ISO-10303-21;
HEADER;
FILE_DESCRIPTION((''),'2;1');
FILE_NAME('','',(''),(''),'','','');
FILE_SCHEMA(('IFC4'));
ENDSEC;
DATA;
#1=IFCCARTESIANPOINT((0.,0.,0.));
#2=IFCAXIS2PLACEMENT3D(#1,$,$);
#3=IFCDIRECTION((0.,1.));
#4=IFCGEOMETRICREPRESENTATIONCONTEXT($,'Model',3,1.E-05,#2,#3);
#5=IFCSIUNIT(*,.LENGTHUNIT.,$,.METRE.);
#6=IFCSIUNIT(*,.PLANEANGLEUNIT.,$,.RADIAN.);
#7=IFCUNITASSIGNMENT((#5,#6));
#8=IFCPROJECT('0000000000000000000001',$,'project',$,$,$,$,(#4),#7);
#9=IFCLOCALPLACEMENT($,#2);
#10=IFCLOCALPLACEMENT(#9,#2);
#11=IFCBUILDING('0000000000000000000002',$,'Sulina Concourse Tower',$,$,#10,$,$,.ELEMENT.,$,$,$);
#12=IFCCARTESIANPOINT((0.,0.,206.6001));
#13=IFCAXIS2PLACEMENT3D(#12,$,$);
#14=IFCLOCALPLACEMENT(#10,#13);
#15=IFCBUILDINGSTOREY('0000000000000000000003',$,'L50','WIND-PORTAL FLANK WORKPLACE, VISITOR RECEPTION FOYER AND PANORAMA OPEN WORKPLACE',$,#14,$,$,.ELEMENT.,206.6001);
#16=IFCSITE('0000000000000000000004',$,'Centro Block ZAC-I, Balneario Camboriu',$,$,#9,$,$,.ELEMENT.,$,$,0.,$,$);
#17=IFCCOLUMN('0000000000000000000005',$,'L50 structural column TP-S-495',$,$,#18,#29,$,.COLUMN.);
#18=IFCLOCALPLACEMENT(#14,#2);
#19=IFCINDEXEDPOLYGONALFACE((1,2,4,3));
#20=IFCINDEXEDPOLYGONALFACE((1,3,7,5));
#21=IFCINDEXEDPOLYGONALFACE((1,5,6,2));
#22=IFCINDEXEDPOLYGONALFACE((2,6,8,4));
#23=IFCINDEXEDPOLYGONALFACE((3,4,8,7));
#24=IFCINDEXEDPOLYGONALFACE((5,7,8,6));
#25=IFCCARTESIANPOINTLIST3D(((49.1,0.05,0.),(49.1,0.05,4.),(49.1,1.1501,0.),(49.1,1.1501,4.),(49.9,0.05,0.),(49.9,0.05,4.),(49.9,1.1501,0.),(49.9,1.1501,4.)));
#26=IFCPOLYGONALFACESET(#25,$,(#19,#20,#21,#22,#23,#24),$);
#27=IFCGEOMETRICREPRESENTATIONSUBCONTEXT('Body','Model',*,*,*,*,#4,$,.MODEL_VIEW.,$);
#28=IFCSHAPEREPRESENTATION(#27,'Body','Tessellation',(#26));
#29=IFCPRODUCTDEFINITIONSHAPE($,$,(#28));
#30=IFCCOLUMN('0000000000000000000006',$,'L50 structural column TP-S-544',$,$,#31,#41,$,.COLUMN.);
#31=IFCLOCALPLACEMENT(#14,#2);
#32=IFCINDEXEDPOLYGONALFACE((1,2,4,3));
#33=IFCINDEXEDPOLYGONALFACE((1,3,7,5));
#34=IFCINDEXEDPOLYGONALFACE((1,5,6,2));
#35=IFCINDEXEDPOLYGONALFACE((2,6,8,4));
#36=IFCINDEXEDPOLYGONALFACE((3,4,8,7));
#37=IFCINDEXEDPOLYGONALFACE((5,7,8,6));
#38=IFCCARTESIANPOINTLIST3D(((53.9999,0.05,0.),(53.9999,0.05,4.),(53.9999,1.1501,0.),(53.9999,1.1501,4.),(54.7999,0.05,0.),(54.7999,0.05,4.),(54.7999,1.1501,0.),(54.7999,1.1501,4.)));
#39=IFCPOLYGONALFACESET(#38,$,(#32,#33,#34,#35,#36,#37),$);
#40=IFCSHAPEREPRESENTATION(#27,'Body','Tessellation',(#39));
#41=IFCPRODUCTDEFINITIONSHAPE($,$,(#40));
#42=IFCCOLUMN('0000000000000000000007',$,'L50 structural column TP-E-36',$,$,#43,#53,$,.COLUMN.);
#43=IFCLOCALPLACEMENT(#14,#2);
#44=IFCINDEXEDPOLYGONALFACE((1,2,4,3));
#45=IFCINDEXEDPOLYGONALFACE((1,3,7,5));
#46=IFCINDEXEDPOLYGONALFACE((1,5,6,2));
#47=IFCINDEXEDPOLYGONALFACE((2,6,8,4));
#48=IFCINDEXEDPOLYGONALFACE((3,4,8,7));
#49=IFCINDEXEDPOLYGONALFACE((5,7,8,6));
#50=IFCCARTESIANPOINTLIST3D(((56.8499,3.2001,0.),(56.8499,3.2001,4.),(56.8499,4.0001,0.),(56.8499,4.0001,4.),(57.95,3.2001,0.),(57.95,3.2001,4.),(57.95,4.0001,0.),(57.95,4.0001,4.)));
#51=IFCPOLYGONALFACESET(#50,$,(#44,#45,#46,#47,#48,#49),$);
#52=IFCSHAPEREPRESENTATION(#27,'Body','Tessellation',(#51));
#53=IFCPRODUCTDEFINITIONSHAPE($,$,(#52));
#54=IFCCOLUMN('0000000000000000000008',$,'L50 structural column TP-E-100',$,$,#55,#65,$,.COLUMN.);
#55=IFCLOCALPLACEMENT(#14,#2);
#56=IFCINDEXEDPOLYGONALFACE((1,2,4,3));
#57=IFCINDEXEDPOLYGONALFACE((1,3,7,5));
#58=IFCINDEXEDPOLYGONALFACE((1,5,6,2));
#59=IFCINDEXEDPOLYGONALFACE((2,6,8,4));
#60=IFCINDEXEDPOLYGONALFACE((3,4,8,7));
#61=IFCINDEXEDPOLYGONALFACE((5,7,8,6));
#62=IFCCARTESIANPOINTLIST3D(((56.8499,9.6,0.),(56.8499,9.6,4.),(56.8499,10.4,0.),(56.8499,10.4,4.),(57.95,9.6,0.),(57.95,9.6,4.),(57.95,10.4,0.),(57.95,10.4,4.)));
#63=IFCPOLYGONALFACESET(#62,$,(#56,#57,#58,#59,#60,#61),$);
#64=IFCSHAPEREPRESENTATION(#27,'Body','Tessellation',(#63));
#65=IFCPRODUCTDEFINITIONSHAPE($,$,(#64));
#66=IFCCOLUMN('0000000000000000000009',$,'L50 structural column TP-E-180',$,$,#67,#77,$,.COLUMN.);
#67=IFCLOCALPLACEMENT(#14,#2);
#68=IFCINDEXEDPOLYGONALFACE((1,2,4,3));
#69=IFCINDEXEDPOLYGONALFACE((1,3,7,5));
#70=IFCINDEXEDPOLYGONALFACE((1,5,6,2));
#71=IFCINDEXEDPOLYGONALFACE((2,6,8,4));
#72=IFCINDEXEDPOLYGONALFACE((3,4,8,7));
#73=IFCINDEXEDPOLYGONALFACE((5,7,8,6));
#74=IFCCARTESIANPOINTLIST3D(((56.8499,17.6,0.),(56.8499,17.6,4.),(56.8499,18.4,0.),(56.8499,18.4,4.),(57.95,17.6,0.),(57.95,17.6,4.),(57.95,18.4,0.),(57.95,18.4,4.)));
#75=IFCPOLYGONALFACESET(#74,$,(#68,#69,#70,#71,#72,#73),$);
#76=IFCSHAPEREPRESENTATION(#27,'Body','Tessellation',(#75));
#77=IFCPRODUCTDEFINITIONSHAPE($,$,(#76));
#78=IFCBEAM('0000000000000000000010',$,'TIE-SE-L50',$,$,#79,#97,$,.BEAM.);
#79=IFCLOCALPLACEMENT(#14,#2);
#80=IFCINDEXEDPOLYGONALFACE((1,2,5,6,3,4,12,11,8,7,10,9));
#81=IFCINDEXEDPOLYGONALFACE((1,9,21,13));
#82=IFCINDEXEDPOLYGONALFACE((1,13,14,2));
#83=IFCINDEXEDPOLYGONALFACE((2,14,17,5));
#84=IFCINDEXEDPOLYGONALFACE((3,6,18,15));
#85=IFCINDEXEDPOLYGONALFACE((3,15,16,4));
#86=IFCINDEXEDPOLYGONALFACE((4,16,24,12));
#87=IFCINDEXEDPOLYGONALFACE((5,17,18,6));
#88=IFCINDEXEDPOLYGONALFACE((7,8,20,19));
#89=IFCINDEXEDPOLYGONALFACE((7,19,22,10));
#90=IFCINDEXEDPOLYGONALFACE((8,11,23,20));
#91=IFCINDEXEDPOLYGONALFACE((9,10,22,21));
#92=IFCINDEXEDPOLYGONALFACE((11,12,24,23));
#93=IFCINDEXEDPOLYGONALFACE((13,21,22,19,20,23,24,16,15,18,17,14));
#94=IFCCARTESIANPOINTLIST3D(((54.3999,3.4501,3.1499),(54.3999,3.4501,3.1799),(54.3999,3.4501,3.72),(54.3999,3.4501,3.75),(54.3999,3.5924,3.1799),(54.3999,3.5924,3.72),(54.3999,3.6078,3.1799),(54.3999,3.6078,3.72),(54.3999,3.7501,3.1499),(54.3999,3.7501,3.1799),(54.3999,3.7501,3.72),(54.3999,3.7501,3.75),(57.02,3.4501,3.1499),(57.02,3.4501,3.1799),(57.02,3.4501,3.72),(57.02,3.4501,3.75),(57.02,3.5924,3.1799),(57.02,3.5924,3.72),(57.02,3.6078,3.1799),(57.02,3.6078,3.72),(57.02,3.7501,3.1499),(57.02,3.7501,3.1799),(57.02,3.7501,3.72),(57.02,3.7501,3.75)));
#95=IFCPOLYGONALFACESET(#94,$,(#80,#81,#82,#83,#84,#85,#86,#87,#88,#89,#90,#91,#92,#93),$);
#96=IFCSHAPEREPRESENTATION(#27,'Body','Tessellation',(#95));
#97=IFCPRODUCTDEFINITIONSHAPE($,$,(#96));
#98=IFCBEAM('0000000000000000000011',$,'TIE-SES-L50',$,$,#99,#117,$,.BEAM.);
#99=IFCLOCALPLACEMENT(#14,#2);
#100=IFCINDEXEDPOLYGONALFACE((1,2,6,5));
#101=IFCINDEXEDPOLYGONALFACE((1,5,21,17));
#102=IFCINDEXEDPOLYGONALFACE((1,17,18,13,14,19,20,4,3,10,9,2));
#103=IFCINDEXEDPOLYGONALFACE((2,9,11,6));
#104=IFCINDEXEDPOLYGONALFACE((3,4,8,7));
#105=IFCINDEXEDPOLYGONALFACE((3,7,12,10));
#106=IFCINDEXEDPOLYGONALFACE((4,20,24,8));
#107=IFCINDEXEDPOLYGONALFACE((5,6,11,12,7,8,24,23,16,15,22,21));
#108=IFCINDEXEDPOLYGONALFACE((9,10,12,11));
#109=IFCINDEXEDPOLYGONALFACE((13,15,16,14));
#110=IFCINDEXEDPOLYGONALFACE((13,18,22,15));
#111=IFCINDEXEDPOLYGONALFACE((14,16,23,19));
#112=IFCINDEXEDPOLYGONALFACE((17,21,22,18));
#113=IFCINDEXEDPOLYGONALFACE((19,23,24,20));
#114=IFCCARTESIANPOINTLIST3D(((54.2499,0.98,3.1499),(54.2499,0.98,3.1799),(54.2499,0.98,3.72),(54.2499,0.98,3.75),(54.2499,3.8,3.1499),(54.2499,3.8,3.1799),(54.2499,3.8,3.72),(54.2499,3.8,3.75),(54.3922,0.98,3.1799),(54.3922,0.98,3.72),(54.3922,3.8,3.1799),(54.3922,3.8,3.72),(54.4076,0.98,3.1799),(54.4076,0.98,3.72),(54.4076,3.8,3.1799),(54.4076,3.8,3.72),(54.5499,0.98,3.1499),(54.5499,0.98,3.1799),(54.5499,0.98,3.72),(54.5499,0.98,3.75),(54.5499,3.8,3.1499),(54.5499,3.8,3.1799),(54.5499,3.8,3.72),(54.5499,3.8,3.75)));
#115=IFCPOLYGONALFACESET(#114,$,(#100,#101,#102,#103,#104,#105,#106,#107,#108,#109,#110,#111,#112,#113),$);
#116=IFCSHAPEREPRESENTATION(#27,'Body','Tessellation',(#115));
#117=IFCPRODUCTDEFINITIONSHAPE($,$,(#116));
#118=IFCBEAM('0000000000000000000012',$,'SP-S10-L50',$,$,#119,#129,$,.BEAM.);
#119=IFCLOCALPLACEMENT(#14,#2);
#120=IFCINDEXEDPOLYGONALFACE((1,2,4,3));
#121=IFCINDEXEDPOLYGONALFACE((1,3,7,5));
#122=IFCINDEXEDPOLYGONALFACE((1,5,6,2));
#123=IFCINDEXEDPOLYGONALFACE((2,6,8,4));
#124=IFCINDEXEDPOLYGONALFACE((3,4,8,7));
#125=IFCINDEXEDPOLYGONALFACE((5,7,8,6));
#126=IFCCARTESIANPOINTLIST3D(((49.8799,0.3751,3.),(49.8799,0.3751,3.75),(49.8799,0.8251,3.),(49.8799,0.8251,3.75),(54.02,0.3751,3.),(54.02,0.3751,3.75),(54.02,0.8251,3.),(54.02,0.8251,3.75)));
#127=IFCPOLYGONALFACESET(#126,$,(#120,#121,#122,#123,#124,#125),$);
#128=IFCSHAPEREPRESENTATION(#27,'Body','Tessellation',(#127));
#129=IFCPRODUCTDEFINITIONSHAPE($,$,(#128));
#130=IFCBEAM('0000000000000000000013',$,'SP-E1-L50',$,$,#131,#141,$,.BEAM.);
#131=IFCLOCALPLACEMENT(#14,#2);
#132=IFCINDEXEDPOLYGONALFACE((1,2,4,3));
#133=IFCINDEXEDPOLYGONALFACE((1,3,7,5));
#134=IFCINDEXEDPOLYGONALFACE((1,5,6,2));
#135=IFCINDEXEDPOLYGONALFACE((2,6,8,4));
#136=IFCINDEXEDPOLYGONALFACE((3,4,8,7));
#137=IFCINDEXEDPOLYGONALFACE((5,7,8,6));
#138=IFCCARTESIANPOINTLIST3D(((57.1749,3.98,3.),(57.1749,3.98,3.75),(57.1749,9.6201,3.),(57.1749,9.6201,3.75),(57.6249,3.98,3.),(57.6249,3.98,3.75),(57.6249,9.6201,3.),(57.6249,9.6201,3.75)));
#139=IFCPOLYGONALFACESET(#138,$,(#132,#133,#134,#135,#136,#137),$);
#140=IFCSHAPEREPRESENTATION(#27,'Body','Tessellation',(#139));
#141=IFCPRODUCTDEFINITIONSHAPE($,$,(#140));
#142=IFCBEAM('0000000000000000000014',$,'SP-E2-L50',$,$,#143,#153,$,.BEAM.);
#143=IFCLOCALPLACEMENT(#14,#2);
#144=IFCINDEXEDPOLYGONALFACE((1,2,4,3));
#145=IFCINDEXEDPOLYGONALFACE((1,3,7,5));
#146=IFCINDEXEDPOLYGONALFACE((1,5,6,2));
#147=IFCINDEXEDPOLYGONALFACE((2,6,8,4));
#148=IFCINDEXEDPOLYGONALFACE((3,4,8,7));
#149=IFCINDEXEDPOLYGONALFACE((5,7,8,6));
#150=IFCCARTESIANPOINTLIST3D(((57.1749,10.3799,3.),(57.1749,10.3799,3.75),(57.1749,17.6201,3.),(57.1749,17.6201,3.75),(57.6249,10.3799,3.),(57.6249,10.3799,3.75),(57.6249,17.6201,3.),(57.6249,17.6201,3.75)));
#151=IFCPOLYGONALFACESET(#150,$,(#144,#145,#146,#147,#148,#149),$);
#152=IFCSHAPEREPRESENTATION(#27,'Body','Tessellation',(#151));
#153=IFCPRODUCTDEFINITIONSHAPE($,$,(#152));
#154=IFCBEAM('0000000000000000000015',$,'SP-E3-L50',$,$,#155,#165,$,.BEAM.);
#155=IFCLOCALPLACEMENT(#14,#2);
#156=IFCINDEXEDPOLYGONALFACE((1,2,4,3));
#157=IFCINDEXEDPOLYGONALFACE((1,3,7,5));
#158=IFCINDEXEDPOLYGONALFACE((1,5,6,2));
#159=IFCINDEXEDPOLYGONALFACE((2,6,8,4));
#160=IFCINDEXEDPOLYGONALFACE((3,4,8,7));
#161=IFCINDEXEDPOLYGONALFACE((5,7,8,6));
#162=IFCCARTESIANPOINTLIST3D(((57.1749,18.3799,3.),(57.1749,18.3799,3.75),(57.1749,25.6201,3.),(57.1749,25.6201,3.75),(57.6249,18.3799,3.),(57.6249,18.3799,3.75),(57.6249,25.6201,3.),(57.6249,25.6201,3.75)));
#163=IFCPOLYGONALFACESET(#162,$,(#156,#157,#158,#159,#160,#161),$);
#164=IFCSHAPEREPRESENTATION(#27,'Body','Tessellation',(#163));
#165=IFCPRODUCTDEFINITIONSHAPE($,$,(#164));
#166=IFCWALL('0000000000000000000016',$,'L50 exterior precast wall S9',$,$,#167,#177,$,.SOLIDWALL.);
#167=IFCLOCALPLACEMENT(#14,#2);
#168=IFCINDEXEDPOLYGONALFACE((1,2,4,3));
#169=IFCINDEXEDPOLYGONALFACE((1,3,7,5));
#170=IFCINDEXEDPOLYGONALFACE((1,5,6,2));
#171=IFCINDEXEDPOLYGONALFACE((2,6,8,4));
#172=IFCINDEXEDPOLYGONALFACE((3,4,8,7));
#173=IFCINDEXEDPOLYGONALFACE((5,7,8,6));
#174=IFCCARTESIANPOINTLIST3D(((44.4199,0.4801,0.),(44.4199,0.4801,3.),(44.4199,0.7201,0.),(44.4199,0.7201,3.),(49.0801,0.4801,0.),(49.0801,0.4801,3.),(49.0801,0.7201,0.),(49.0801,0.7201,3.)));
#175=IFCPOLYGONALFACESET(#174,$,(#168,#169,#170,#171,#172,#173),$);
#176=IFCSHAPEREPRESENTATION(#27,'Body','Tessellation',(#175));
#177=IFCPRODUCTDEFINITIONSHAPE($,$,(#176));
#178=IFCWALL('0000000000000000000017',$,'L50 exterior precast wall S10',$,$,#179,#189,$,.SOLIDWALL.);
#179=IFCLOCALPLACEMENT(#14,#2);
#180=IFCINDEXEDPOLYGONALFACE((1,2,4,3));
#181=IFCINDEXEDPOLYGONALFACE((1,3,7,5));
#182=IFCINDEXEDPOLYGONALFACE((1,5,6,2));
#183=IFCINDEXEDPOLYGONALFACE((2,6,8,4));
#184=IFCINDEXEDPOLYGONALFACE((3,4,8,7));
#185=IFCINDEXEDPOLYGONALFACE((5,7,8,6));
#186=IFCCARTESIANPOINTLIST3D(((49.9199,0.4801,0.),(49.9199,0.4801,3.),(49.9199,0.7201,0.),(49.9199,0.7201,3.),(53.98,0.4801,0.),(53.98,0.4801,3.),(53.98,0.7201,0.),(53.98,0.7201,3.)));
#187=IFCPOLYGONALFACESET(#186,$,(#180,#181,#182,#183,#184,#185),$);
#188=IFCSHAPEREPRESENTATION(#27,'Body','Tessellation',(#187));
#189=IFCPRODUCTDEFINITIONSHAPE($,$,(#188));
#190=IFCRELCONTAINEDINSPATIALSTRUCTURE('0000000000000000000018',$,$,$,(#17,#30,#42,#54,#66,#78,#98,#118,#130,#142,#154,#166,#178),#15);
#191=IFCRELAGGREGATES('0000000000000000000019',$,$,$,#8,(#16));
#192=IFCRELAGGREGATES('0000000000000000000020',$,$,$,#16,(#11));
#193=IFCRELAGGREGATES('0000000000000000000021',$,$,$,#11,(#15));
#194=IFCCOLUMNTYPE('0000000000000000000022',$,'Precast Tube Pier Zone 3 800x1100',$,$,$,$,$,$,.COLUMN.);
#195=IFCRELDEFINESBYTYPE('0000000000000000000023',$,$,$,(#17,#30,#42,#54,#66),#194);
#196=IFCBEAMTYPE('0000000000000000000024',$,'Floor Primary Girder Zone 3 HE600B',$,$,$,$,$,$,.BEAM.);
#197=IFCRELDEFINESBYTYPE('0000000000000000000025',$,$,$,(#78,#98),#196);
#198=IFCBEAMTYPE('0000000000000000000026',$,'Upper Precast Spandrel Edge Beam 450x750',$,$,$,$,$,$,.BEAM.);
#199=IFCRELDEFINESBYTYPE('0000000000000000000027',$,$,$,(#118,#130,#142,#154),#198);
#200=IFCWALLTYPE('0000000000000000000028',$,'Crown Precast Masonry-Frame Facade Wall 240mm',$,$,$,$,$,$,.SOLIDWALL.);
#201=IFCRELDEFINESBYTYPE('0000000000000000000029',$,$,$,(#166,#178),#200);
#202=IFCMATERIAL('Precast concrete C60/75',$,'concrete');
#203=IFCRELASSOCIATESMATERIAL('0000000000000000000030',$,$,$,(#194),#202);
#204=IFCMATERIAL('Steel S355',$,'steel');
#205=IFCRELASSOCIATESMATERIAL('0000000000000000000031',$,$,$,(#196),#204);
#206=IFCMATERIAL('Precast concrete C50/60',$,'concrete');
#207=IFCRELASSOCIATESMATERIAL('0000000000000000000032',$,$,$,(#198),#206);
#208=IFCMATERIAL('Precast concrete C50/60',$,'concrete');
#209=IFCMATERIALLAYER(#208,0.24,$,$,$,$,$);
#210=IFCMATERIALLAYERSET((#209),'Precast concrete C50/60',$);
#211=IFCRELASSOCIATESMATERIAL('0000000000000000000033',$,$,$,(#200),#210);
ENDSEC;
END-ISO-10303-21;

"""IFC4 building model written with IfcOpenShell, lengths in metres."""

from ifc_helpers import new_model, si_unit, direction, frame, frame_2d, origin, origin_2d, place, context, subcontext, project, spatial, rectangle, i_section, extrude, material, layer, layer_set, material_profile, profile_set, type_object, element, save


model = new_model("IFC4")

# Units and contexts
model_context = context("Model", 3, precision=1e-05, world=origin(), true_north=direction((0.0, 1.0)))
body_context = subcontext(model_context, "Body", "Model", "MODEL_VIEW")
ifc_project = project(units=[si_unit("LENGTHUNIT", "METRE"), si_unit("PLANEANGLEUNIT", "RADIAN")], contexts=[model_context])

# Site, building, storey
site_placement = place(None, origin())
site = spatial("IfcSite", under=ifc_project, at=site_placement, Name="Centro Block ZAC-I, Balneario Camboriu", CompositionType="ELEMENT", RefElevation=0.0)
building_placement = place(site_placement, origin())
building = spatial("IfcBuilding", under=site, at=building_placement, Name="Sulina Concourse Tower", CompositionType="ELEMENT")
storey_placement = place(building_placement, frame((0.0, 0.0, 206.6001)))
storey = spatial("IfcBuildingStorey", under=building, at=storey_placement, Name="L50", Description="WIND-PORTAL FLANK WORKPLACE, VISITOR RECEPTION FOYER AND PANORAMA OPEN WORKPLACE", CompositionType="ELEMENT", Elevation=206.6001)

# Columns
ifc_material_1 = material(Name="Precast concrete C60/75", Category="concrete")
ifc_material_profile_1 = material_profile(ifc_material_1, rectangle(XDim=0.8, YDim=1.1001, at=origin_2d()), Name="PC 800x1100")
ifc_profile_set_1 = profile_set([ifc_material_profile_1], Name="Precast concrete C60/75")
column_type = type_object("IfcColumnType", Name="Precast Tube Pier Zone 3 800x1100", PredefinedType="COLUMN", material=ifc_profile_set_1)
for number, where, z_axis, x_axis, name in (
    (1, (49.5, 0.6001, 0.0), (0.0, 0.0, 1.0), (1.0, 0.0, 0.0), "L50 structural column TP-S-495"),
    (2, (54.3999, 0.6001, 0.0), (0.0, 0.0, 1.0), (1.0, 0.0, 0.0), "L50 structural column TP-S-544"),
    (3, (57.3999, 3.6001, 0.0), (0.0, 0.0, 1.0), (0.0, 1.0, 0.0), "L50 structural column TP-E-36"),
    (4, (57.3999, 10.0, 0.0), (0.0, 0.0, 1.0), (0.0, 1.0, 0.0), "L50 structural column TP-E-100"),
    (5, (57.3999, 18.0, 0.0), (0.0, 0.0, 1.0), (0.0, 1.0, 0.0), "L50 structural column TP-E-180"),
):
    element("IfcColumn", number, at=place(storey_placement, frame(where, z_axis=z_axis, x_axis=x_axis)), inside=storey, type_object=column_type, Name=name, PredefinedType="COLUMN", context=body_context, shape_type="SweptSolid", body=[
        extrude(rectangle(XDim=0.8, YDim=1.1001, at=origin_2d()), origin(), (0.0, 0.0, 1.0), 4.0),
    ])

# Beams
ifc_material_2 = material(Name="Steel S355", Category="steel")
ifc_material_profile_2 = material_profile(ifc_material_2, i_section(OverallWidth=0.3, OverallDepth=0.6001, WebThickness=0.0154, FlangeThickness=0.03, at=origin_2d()), Name="HE 600 B")
ifc_profile_set_2 = profile_set([ifc_material_profile_2], Name="Steel S355")
beam_type_1 = type_object("IfcBeamType", Name="Floor Primary Girder Zone 3 HE600B", PredefinedType="BEAM", material=ifc_profile_set_2)
beam_1_placement = place(storey_placement, frame((54.3999, 3.6001, 3.45), z_axis=(1.0, 0.0, 0.0), x_axis=(0.0, 1.0, 0.0)))
element("IfcBeam", 6, at=beam_1_placement, inside=storey, type_object=beam_type_1, Name="TIE-SE-L50", PredefinedType="BEAM", context=body_context, shape_type="SweptSolid", body=[
    extrude(i_section(OverallWidth=0.3, OverallDepth=0.6001, WebThickness=0.0154, FlangeThickness=0.03, at=origin_2d()), origin(), (0.0, 0.0, 1.0), 2.6201),
])
beam_2_placement = place(storey_placement, frame((54.3999, 0.98, 3.45), z_axis=(0.0, 1.0, 0.0), x_axis=(-1.0, 0.0, 0.0)))
element("IfcBeam", 7, at=beam_2_placement, inside=storey, type_object=beam_type_1, Name="TIE-SES-L50", PredefinedType="BEAM", context=body_context, shape_type="SweptSolid", body=[
    extrude(i_section(OverallWidth=0.3, OverallDepth=0.6001, WebThickness=0.0154, FlangeThickness=0.03, at=origin_2d()), origin(), (0.0, 0.0, 1.0), 2.8201),
])
ifc_material_3 = material(Name="Precast concrete C50/60", Category="concrete")
ifc_material_profile_3 = material_profile(ifc_material_3, rectangle(XDim=0.45, YDim=0.75, at=origin_2d()), Name="RC 450x750")
ifc_profile_set_3 = profile_set([ifc_material_profile_3], Name="Precast concrete C50/60")
beam_type_2 = type_object("IfcBeamType", Name="Upper Precast Spandrel Edge Beam 450x750", PredefinedType="BEAM", material=ifc_profile_set_3)
beam_3_placement = place(storey_placement, frame((49.8799, 0.6001, 3.375), z_axis=(1.0, 0.0, 0.0), x_axis=(0.0, 1.0, 0.0)))
element("IfcBeam", 8, at=beam_3_placement, inside=storey, type_object=beam_type_2, Name="SP-S10-L50", PredefinedType="BEAM", context=body_context, shape_type="SweptSolid", body=[
    extrude(rectangle(XDim=0.45, YDim=0.75, at=origin_2d()), origin(), (0.0, 0.0, 1.0), 4.1401),
])
beam_4_placement = place(storey_placement, frame((57.3999, 3.98, 3.375), z_axis=(0.0, 1.0, 0.0), x_axis=(-1.0, 0.0, 0.0)))
element("IfcBeam", 9, at=beam_4_placement, inside=storey, type_object=beam_type_2, Name="SP-E1-L50", PredefinedType="BEAM", context=body_context, shape_type="SweptSolid", body=[
    extrude(rectangle(XDim=0.45, YDim=0.75, at=origin_2d()), origin(), (0.0, 0.0, 1.0), 5.6401),
])
for number, where, z_axis, x_axis, name in (
    (10, (57.3999, 10.3799, 3.375), (0.0, 1.0, 0.0), (-1.0, 0.0, 0.0), "SP-E2-L50"),
    (11, (57.3999, 18.3799, 3.375), (0.0, 1.0, 0.0), (-1.0, 0.0, 0.0), "SP-E3-L50"),
):
    element("IfcBeam", number, at=place(storey_placement, frame(where, z_axis=z_axis, x_axis=x_axis)), inside=storey, type_object=beam_type_2, Name=name, PredefinedType="BEAM", context=body_context, shape_type="SweptSolid", body=[
        extrude(rectangle(XDim=0.45, YDim=0.75, at=origin_2d()), origin(), (0.0, 0.0, 1.0), 7.2402),
    ])

# Walls
ifc_material_4 = material(Name="Precast concrete C50/60", Category="concrete")
ifc_layer_1 = layer(ifc_material_4, 0.24)
ifc_layer_set_1 = layer_set([ifc_layer_1], Name="Precast concrete C50/60")
wall_type_1 = type_object("IfcWallType", Name="Crown Precast Masonry-Frame Facade Wall 240mm", PredefinedType="SOLIDWALL", material=ifc_layer_set_1)
wall_1_placement = place(storey_placement, frame((49.0801, 0.6001, 0.0), z_axis=(0.0, 0.0, 1.0), x_axis=(-1.0, 0.0, 0.0)))
element("IfcWall", 12, at=wall_1_placement, inside=storey, type_object=wall_type_1, Name="L50 exterior precast wall S9", PredefinedType="SOLIDWALL", context=body_context, shape_type="SweptSolid", body=[
    extrude(rectangle(XDim=4.6602, YDim=0.24, at=frame_2d((2.3301, 0.0))), origin(), (0.0, 0.0, 1.0), 3.0),
])
wall_2_placement = place(storey_placement, frame((53.98, 0.6001, 0.0), z_axis=(0.0, 0.0, 1.0), x_axis=(-1.0, 0.0, 0.0)))
element("IfcWall", 13, at=wall_2_placement, inside=storey, type_object=wall_type_1, Name="L50 exterior precast wall S10", PredefinedType="SOLIDWALL", context=body_context, shape_type="SweptSolid", body=[
    extrude(rectangle(XDim=4.0601, YDim=0.24, at=frame_2d((2.03, 0.0))), origin(), (0.0, 0.0, 1.0), 3.0),
])

save(model, "model.ifc")
